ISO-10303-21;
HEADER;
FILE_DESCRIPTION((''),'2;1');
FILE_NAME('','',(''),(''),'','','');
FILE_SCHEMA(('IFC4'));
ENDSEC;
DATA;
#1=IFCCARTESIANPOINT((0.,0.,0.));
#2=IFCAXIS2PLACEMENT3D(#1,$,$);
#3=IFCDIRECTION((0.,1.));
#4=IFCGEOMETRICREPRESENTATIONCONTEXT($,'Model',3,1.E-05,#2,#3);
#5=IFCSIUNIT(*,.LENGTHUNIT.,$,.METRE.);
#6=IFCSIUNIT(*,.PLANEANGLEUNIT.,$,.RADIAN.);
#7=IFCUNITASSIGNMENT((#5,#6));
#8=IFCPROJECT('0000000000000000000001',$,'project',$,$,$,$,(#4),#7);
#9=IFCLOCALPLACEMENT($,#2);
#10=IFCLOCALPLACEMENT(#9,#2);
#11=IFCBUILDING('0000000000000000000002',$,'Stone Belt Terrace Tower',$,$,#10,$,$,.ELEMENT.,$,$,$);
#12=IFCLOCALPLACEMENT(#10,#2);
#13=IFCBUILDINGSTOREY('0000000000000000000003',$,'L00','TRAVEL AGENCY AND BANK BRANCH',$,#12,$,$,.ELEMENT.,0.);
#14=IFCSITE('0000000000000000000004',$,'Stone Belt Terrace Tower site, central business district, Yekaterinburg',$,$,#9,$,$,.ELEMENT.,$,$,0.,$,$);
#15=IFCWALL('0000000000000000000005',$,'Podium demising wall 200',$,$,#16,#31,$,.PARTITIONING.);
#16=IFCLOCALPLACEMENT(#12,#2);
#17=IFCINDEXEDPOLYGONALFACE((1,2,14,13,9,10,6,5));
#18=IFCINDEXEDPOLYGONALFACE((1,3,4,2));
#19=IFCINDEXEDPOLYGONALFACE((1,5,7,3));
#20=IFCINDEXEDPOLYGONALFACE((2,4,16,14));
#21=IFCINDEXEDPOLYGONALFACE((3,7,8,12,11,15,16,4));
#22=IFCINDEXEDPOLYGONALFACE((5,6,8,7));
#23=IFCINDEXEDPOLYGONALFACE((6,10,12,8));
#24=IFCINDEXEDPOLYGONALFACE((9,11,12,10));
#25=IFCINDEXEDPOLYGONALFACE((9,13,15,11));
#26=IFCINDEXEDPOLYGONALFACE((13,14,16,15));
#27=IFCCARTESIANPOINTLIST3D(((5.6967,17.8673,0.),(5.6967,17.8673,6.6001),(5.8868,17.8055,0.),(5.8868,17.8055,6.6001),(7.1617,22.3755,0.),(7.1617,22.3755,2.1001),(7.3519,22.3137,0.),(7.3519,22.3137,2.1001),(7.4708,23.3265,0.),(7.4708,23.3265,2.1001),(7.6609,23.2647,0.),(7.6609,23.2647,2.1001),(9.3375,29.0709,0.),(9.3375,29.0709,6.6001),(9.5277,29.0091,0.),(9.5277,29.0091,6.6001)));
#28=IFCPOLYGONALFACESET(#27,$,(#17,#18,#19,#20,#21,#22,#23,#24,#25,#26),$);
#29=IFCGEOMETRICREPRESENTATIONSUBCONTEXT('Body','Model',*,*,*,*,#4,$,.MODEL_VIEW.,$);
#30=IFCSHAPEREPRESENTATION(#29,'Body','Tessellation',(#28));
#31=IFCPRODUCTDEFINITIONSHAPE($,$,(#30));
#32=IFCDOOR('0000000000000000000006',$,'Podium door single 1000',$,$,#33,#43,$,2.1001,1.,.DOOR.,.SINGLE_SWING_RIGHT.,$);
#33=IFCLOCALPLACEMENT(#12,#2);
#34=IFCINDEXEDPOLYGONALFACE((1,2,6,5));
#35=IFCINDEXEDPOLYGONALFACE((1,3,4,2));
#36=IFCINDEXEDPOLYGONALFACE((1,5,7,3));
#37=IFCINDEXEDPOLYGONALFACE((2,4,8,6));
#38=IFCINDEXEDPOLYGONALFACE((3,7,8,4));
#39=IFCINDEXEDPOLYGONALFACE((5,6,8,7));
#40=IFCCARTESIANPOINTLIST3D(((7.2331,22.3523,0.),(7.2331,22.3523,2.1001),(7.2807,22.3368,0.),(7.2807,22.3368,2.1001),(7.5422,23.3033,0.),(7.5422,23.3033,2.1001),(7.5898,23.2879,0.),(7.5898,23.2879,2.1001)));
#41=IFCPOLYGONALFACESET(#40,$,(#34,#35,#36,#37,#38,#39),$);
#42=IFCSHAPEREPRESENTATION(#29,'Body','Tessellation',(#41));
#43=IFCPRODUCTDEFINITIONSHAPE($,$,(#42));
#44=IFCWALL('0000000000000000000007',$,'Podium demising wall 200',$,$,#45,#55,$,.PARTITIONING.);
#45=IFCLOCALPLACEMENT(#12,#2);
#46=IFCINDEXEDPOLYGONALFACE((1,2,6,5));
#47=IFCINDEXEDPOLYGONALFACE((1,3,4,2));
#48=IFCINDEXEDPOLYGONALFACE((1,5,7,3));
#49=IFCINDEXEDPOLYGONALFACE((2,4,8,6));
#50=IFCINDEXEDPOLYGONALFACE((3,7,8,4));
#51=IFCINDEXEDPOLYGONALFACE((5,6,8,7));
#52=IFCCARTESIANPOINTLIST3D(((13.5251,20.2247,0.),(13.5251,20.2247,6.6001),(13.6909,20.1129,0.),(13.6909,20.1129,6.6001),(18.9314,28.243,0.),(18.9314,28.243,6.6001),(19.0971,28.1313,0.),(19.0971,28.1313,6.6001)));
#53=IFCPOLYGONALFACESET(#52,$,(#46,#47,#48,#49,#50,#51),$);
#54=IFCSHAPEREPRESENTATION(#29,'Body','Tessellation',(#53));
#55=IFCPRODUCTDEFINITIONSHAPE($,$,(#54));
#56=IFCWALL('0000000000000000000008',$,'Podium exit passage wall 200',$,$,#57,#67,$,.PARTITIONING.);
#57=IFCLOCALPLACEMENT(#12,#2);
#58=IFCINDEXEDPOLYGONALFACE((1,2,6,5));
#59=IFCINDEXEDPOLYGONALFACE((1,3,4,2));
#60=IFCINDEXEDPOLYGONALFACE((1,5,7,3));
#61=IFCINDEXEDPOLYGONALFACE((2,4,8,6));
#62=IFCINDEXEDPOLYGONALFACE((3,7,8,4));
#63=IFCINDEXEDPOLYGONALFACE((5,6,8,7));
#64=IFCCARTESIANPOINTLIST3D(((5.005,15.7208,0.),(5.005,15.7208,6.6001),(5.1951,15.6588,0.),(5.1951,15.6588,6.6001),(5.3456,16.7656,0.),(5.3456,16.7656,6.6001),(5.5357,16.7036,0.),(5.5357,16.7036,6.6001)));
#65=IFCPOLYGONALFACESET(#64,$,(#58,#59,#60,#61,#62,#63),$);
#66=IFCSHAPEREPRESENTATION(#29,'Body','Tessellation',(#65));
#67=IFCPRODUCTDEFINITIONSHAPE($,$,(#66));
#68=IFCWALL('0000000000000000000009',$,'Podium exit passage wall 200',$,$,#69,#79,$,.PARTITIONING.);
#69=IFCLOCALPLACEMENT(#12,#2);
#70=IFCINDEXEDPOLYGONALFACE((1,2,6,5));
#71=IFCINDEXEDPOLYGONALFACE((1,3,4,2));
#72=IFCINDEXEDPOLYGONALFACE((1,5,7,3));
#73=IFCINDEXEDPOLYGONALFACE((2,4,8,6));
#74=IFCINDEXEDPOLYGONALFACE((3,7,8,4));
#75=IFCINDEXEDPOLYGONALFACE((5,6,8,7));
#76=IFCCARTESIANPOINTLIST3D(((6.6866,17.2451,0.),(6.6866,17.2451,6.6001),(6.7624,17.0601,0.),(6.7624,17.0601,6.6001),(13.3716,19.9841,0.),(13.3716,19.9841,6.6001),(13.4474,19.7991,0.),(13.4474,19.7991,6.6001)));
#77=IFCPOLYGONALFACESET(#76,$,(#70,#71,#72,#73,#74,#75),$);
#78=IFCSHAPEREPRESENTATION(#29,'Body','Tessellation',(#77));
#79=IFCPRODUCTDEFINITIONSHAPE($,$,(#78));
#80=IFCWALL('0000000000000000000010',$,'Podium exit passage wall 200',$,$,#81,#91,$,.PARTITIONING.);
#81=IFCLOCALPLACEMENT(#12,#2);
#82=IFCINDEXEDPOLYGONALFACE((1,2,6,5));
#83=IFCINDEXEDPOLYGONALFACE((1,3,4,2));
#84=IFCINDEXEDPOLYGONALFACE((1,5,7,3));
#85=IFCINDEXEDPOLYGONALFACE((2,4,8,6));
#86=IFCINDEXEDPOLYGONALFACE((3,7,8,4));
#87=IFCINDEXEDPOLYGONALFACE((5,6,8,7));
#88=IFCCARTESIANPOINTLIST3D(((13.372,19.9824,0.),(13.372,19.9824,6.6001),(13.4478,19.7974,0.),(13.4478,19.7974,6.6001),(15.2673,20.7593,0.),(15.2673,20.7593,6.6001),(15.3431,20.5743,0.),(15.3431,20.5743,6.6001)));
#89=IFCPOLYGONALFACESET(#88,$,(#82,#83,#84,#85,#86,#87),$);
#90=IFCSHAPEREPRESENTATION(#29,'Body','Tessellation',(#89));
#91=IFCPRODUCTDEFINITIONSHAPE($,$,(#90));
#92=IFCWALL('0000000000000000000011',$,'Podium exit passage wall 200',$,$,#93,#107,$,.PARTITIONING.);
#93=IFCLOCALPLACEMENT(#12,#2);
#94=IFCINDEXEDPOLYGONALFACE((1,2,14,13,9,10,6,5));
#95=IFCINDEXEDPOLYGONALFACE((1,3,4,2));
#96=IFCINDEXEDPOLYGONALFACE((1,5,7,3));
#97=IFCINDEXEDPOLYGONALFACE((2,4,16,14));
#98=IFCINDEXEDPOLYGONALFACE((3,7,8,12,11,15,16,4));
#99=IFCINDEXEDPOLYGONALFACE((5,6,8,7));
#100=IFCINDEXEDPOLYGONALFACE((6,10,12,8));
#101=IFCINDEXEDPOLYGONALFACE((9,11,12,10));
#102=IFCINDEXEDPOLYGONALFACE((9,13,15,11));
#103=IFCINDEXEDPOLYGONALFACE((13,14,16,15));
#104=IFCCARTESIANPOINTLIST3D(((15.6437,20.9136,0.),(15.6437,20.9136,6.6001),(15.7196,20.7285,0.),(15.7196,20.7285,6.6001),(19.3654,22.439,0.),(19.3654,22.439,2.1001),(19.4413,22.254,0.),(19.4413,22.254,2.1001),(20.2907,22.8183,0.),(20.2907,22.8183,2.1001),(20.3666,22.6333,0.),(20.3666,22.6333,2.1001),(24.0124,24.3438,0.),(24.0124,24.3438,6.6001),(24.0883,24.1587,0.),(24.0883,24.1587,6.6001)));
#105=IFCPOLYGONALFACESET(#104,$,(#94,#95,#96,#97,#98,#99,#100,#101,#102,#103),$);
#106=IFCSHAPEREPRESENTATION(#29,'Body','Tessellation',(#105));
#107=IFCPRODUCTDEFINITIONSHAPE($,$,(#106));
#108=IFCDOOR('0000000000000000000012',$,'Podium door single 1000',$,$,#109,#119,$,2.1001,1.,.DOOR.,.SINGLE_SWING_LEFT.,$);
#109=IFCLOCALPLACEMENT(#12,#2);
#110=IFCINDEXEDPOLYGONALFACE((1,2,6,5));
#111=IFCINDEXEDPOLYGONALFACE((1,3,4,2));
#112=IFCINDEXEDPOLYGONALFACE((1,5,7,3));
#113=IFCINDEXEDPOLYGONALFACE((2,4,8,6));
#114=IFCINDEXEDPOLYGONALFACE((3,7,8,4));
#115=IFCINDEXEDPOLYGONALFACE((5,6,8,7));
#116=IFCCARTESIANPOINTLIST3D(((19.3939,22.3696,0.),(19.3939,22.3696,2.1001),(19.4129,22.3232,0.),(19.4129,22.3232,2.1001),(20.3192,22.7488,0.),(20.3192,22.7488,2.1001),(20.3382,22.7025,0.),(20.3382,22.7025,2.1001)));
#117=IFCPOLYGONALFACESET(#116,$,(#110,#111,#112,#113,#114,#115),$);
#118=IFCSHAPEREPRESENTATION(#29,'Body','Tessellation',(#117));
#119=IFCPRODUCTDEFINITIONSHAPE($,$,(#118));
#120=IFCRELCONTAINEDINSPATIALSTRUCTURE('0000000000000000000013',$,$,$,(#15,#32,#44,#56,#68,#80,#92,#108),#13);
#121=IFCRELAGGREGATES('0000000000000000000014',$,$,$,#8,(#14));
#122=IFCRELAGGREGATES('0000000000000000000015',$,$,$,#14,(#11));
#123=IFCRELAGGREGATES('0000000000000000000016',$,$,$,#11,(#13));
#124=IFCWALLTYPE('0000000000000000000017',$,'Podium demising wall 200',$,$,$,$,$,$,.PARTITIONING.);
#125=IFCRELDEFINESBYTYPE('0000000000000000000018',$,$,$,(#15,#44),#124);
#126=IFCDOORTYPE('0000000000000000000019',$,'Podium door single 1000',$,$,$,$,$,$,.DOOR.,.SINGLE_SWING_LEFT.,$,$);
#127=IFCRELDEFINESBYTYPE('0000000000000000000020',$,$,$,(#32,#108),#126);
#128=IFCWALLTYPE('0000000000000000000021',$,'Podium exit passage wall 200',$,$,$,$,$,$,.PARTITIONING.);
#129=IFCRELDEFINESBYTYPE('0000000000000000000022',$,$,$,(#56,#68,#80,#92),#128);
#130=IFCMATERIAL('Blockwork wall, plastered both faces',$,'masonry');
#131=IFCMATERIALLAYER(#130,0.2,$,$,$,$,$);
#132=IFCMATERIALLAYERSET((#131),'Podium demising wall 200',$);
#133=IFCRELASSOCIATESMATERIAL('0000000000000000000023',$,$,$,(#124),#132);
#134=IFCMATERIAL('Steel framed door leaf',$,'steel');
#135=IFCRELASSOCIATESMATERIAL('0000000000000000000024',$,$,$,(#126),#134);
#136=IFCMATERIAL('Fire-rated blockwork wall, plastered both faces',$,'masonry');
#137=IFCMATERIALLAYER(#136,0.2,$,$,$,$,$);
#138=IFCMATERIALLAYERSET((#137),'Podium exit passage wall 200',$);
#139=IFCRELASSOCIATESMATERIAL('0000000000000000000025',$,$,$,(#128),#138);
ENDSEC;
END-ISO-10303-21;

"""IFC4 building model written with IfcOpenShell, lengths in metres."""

from ifc_helpers import new_model, si_unit, direction, frame, frame_2d, origin, place, context, subcontext, project, spatial, rectangle, extrude, material, layer, layer_set, type_object, element, fill, save


model = new_model("IFC4")

# Units and contexts
model_context = context("Model", 3, precision=1e-05, world=origin(), true_north=direction((0.0, 1.0)))
body_context = subcontext(model_context, "Body", "Model", "MODEL_VIEW")
ifc_project = project(units=[si_unit("LENGTHUNIT", "METRE"), si_unit("PLANEANGLEUNIT", "RADIAN")], contexts=[model_context])

# Site, building, storey
site_placement = place(None, origin())
site = spatial("IfcSite", under=ifc_project, at=site_placement, Name="Stone Belt Terrace Tower site, central business district, Yekaterinburg", CompositionType="ELEMENT", RefElevation=0.0)
building_placement = place(site_placement, origin())
building = spatial("IfcBuilding", under=site, at=building_placement, Name="Stone Belt Terrace Tower", CompositionType="ELEMENT")
storey_placement = place(building_placement, origin())
storey = spatial("IfcBuildingStorey", under=building, at=storey_placement, Name="L00", Description="TRAVEL AGENCY AND BANK BRANCH", CompositionType="ELEMENT", Elevation=0.0)

# Wall, opening, door
ifc_material_1 = material(Name="Blockwork wall, plastered both faces", Category="masonry")
ifc_layer_1 = layer(ifc_material_1, 0.2)
ifc_layer_set_1 = layer_set([ifc_layer_1], Name="Podium demising wall 200")
wall_type_1 = type_object("IfcWallType", Name="Podium demising wall 200", PredefinedType="PARTITIONING", material=ifc_layer_set_1)
wall_1_placement = place(storey_placement, frame((5.7917, 17.8364, 0.0), z_axis=(0.0, 0.0, 1.0), x_axis=(0.309063, 0.951042, 0.0)))
wall_1 = element("IfcWall", 1, at=wall_1_placement, inside=storey, type_object=wall_type_1, Name="Podium demising wall 200", PredefinedType="PARTITIONING", context=body_context, shape_type="SweptSolid", body=[
    extrude(rectangle(XDim=11.7803, YDim=0.2, at=frame_2d((5.8901, 0.0))), origin(), (0.0, 0.0, 1.0), 6.6001),
])
opening_1_placement = place(wall_1_placement, frame((4.7402, 0.0, 0.0)))
opening_1 = element("IfcOpeningElement", 2, at=opening_1_placement, cuts=wall_1, PredefinedType="OPENING", context=body_context, shape_type="SweptSolid", body=[
    extrude(rectangle(XDim=1.0, YDim=2.1001, at=frame_2d((0.5, 1.05))), frame((0.0, 0.1099, 0.0), z_axis=(0.0, -1.0, 0.0), x_axis=(1.0, 0.0, 0.0)), (0.0, 0.0, 1.0), 0.22),
])
ifc_material_2 = material(Name="Steel framed door leaf", Category="steel")
door_type_1 = type_object("IfcDoorType", Name="Podium door single 1000", OperationType="SINGLE_SWING_LEFT", PredefinedType="DOOR", material=ifc_material_2)
door_1_placement = place(opening_1_placement, origin())
door_1 = element("IfcDoor", 3, at=door_1_placement, inside=storey, type_object=door_type_1, Name="Podium door single 1000", OperationType="SINGLE_SWING_RIGHT", OverallHeight=2.1001, OverallWidth=1.0, PredefinedType="DOOR", context=body_context, shape_type="SweptSolid", body=[
    extrude(rectangle(XDim=1.0, YDim=2.1001, at=frame_2d((0.5, 1.05))), frame((0.0, 0.0249, 0.0), z_axis=(0.0, -1.0, 0.0), x_axis=(1.0, 0.0, 0.0)), (0.0, 0.0, 1.0), 0.05),
])
fill(opening_1, door_1)

# Walls
wall_2_placement = place(storey_placement, frame((13.6079, 20.1687, 0.0), z_axis=(0.0, 0.0, 1.0), x_axis=(0.559039, 0.829142, 0.0)))
element("IfcWall", 4, at=wall_2_placement, inside=storey, type_object=wall_type_1, Name="Podium demising wall 200", PredefinedType="PARTITIONING", context=body_context, shape_type="SweptSolid", body=[
    extrude(rectangle(XDim=9.6707, YDim=0.2, at=frame_2d((4.8354, 0.0))), origin(), (0.0, 0.0, 1.0), 6.6001),
])
ifc_material_3 = material(Name="Fire-rated blockwork wall, plastered both faces", Category="masonry")
ifc_layer_2 = layer(ifc_material_3, 0.2)
ifc_layer_set_2 = layer_set([ifc_layer_2], Name="Podium exit passage wall 200")
wall_type_2 = type_object("IfcWallType", Name="Podium exit passage wall 200", PredefinedType="PARTITIONING", material=ifc_layer_set_2)
wall_3_placement = place(storey_placement, frame((5.1001, 15.6899, 0.0), z_axis=(0.0, 0.0, 1.0), x_axis=(0.309955, 0.950751, 0.0)))
element("IfcWall", 5, at=wall_3_placement, inside=storey, type_object=wall_type_2, Name="Podium exit passage wall 200", PredefinedType="PARTITIONING", context=body_context, shape_type="SweptSolid", body=[
    extrude(rectangle(XDim=1.0989, YDim=0.2, at=frame_2d((0.5493, 0.0))), origin(), (0.0, 0.0, 1.0), 6.6001),
])
wall_4_placement = place(storey_placement, frame((6.7244, 17.1526, 0.0), z_axis=(0.0, 0.0, 1.0), x_axis=(0.925342, 0.379133, 0.0)))
element("IfcWall", 6, at=wall_4_placement, inside=storey, type_object=wall_type_2, Name="Podium exit passage wall 200", PredefinedType="PARTITIONING", context=body_context, shape_type="SweptSolid", body=[
    extrude(rectangle(XDim=7.2244, YDim=0.2, at=frame_2d((3.6123, 0.0))), origin(), (0.0, 0.0, 1.0), 6.6001),
])
wall_5_placement = place(storey_placement, frame((13.4099, 19.8899, 0.0), z_axis=(0.0, 0.0, 1.0), x_axis=(0.925287, 0.379269, 0.0)))
element("IfcWall", 7, at=wall_5_placement, inside=storey, type_object=wall_type_2, Name="Podium exit passage wall 200", PredefinedType="PARTITIONING", context=body_context, shape_type="SweptSolid", body=[
    extrude(rectangle(XDim=2.0483, YDim=0.2, at=frame_2d((1.0242, 0.0))), origin(), (0.0, 0.0, 1.0), 6.6001),
])

# Wall, opening, door
wall_6_placement = place(storey_placement, frame((15.6816, 20.821, 0.0), z_axis=(0.0, 0.0, 1.0), x_axis=(0.92529, 0.379261, 0.0)))
wall_6 = element("IfcWall", 8, at=wall_6_placement, inside=storey, type_object=wall_type_2, Name="Podium exit passage wall 200", PredefinedType="PARTITIONING", context=body_context, shape_type="SweptSolid", body=[
    extrude(rectangle(XDim=9.0444, YDim=0.2, at=frame_2d((4.5222, 0.0))), origin(), (0.0, 0.0, 1.0), 6.6001),
])
opening_2_placement = place(wall_6_placement, frame((4.0222, 0.0, 0.0)))
opening_2 = element("IfcOpeningElement", 9, at=opening_2_placement, cuts=wall_6, PredefinedType="OPENING", context=body_context, shape_type="SweptSolid", body=[
    extrude(rectangle(XDim=1.0, YDim=2.1001, at=frame_2d((0.5, 1.05))), frame((0.0, 0.1099, 0.0), z_axis=(0.0, -1.0, 0.0), x_axis=(1.0, 0.0, 0.0)), (0.0, 0.0, 1.0), 0.22),
])
door_2_placement = place(opening_2_placement, origin())
door_2 = element("IfcDoor", 10, at=door_2_placement, inside=storey, type_object=door_type_1, Name="Podium door single 1000", OperationType="SINGLE_SWING_LEFT", OverallHeight=2.1001, OverallWidth=1.0, PredefinedType="DOOR", context=body_context, shape_type="SweptSolid", body=[
    extrude(rectangle(XDim=1.0, YDim=2.1001, at=frame_2d((0.5, 1.05))), frame((0.0, 0.0249, 0.0), z_axis=(0.0, -1.0, 0.0), x_axis=(1.0, 0.0, 0.0)), (0.0, 0.0, 1.0), 0.05),
])
fill(opening_2, door_2)

save(model, "model.ifc")
